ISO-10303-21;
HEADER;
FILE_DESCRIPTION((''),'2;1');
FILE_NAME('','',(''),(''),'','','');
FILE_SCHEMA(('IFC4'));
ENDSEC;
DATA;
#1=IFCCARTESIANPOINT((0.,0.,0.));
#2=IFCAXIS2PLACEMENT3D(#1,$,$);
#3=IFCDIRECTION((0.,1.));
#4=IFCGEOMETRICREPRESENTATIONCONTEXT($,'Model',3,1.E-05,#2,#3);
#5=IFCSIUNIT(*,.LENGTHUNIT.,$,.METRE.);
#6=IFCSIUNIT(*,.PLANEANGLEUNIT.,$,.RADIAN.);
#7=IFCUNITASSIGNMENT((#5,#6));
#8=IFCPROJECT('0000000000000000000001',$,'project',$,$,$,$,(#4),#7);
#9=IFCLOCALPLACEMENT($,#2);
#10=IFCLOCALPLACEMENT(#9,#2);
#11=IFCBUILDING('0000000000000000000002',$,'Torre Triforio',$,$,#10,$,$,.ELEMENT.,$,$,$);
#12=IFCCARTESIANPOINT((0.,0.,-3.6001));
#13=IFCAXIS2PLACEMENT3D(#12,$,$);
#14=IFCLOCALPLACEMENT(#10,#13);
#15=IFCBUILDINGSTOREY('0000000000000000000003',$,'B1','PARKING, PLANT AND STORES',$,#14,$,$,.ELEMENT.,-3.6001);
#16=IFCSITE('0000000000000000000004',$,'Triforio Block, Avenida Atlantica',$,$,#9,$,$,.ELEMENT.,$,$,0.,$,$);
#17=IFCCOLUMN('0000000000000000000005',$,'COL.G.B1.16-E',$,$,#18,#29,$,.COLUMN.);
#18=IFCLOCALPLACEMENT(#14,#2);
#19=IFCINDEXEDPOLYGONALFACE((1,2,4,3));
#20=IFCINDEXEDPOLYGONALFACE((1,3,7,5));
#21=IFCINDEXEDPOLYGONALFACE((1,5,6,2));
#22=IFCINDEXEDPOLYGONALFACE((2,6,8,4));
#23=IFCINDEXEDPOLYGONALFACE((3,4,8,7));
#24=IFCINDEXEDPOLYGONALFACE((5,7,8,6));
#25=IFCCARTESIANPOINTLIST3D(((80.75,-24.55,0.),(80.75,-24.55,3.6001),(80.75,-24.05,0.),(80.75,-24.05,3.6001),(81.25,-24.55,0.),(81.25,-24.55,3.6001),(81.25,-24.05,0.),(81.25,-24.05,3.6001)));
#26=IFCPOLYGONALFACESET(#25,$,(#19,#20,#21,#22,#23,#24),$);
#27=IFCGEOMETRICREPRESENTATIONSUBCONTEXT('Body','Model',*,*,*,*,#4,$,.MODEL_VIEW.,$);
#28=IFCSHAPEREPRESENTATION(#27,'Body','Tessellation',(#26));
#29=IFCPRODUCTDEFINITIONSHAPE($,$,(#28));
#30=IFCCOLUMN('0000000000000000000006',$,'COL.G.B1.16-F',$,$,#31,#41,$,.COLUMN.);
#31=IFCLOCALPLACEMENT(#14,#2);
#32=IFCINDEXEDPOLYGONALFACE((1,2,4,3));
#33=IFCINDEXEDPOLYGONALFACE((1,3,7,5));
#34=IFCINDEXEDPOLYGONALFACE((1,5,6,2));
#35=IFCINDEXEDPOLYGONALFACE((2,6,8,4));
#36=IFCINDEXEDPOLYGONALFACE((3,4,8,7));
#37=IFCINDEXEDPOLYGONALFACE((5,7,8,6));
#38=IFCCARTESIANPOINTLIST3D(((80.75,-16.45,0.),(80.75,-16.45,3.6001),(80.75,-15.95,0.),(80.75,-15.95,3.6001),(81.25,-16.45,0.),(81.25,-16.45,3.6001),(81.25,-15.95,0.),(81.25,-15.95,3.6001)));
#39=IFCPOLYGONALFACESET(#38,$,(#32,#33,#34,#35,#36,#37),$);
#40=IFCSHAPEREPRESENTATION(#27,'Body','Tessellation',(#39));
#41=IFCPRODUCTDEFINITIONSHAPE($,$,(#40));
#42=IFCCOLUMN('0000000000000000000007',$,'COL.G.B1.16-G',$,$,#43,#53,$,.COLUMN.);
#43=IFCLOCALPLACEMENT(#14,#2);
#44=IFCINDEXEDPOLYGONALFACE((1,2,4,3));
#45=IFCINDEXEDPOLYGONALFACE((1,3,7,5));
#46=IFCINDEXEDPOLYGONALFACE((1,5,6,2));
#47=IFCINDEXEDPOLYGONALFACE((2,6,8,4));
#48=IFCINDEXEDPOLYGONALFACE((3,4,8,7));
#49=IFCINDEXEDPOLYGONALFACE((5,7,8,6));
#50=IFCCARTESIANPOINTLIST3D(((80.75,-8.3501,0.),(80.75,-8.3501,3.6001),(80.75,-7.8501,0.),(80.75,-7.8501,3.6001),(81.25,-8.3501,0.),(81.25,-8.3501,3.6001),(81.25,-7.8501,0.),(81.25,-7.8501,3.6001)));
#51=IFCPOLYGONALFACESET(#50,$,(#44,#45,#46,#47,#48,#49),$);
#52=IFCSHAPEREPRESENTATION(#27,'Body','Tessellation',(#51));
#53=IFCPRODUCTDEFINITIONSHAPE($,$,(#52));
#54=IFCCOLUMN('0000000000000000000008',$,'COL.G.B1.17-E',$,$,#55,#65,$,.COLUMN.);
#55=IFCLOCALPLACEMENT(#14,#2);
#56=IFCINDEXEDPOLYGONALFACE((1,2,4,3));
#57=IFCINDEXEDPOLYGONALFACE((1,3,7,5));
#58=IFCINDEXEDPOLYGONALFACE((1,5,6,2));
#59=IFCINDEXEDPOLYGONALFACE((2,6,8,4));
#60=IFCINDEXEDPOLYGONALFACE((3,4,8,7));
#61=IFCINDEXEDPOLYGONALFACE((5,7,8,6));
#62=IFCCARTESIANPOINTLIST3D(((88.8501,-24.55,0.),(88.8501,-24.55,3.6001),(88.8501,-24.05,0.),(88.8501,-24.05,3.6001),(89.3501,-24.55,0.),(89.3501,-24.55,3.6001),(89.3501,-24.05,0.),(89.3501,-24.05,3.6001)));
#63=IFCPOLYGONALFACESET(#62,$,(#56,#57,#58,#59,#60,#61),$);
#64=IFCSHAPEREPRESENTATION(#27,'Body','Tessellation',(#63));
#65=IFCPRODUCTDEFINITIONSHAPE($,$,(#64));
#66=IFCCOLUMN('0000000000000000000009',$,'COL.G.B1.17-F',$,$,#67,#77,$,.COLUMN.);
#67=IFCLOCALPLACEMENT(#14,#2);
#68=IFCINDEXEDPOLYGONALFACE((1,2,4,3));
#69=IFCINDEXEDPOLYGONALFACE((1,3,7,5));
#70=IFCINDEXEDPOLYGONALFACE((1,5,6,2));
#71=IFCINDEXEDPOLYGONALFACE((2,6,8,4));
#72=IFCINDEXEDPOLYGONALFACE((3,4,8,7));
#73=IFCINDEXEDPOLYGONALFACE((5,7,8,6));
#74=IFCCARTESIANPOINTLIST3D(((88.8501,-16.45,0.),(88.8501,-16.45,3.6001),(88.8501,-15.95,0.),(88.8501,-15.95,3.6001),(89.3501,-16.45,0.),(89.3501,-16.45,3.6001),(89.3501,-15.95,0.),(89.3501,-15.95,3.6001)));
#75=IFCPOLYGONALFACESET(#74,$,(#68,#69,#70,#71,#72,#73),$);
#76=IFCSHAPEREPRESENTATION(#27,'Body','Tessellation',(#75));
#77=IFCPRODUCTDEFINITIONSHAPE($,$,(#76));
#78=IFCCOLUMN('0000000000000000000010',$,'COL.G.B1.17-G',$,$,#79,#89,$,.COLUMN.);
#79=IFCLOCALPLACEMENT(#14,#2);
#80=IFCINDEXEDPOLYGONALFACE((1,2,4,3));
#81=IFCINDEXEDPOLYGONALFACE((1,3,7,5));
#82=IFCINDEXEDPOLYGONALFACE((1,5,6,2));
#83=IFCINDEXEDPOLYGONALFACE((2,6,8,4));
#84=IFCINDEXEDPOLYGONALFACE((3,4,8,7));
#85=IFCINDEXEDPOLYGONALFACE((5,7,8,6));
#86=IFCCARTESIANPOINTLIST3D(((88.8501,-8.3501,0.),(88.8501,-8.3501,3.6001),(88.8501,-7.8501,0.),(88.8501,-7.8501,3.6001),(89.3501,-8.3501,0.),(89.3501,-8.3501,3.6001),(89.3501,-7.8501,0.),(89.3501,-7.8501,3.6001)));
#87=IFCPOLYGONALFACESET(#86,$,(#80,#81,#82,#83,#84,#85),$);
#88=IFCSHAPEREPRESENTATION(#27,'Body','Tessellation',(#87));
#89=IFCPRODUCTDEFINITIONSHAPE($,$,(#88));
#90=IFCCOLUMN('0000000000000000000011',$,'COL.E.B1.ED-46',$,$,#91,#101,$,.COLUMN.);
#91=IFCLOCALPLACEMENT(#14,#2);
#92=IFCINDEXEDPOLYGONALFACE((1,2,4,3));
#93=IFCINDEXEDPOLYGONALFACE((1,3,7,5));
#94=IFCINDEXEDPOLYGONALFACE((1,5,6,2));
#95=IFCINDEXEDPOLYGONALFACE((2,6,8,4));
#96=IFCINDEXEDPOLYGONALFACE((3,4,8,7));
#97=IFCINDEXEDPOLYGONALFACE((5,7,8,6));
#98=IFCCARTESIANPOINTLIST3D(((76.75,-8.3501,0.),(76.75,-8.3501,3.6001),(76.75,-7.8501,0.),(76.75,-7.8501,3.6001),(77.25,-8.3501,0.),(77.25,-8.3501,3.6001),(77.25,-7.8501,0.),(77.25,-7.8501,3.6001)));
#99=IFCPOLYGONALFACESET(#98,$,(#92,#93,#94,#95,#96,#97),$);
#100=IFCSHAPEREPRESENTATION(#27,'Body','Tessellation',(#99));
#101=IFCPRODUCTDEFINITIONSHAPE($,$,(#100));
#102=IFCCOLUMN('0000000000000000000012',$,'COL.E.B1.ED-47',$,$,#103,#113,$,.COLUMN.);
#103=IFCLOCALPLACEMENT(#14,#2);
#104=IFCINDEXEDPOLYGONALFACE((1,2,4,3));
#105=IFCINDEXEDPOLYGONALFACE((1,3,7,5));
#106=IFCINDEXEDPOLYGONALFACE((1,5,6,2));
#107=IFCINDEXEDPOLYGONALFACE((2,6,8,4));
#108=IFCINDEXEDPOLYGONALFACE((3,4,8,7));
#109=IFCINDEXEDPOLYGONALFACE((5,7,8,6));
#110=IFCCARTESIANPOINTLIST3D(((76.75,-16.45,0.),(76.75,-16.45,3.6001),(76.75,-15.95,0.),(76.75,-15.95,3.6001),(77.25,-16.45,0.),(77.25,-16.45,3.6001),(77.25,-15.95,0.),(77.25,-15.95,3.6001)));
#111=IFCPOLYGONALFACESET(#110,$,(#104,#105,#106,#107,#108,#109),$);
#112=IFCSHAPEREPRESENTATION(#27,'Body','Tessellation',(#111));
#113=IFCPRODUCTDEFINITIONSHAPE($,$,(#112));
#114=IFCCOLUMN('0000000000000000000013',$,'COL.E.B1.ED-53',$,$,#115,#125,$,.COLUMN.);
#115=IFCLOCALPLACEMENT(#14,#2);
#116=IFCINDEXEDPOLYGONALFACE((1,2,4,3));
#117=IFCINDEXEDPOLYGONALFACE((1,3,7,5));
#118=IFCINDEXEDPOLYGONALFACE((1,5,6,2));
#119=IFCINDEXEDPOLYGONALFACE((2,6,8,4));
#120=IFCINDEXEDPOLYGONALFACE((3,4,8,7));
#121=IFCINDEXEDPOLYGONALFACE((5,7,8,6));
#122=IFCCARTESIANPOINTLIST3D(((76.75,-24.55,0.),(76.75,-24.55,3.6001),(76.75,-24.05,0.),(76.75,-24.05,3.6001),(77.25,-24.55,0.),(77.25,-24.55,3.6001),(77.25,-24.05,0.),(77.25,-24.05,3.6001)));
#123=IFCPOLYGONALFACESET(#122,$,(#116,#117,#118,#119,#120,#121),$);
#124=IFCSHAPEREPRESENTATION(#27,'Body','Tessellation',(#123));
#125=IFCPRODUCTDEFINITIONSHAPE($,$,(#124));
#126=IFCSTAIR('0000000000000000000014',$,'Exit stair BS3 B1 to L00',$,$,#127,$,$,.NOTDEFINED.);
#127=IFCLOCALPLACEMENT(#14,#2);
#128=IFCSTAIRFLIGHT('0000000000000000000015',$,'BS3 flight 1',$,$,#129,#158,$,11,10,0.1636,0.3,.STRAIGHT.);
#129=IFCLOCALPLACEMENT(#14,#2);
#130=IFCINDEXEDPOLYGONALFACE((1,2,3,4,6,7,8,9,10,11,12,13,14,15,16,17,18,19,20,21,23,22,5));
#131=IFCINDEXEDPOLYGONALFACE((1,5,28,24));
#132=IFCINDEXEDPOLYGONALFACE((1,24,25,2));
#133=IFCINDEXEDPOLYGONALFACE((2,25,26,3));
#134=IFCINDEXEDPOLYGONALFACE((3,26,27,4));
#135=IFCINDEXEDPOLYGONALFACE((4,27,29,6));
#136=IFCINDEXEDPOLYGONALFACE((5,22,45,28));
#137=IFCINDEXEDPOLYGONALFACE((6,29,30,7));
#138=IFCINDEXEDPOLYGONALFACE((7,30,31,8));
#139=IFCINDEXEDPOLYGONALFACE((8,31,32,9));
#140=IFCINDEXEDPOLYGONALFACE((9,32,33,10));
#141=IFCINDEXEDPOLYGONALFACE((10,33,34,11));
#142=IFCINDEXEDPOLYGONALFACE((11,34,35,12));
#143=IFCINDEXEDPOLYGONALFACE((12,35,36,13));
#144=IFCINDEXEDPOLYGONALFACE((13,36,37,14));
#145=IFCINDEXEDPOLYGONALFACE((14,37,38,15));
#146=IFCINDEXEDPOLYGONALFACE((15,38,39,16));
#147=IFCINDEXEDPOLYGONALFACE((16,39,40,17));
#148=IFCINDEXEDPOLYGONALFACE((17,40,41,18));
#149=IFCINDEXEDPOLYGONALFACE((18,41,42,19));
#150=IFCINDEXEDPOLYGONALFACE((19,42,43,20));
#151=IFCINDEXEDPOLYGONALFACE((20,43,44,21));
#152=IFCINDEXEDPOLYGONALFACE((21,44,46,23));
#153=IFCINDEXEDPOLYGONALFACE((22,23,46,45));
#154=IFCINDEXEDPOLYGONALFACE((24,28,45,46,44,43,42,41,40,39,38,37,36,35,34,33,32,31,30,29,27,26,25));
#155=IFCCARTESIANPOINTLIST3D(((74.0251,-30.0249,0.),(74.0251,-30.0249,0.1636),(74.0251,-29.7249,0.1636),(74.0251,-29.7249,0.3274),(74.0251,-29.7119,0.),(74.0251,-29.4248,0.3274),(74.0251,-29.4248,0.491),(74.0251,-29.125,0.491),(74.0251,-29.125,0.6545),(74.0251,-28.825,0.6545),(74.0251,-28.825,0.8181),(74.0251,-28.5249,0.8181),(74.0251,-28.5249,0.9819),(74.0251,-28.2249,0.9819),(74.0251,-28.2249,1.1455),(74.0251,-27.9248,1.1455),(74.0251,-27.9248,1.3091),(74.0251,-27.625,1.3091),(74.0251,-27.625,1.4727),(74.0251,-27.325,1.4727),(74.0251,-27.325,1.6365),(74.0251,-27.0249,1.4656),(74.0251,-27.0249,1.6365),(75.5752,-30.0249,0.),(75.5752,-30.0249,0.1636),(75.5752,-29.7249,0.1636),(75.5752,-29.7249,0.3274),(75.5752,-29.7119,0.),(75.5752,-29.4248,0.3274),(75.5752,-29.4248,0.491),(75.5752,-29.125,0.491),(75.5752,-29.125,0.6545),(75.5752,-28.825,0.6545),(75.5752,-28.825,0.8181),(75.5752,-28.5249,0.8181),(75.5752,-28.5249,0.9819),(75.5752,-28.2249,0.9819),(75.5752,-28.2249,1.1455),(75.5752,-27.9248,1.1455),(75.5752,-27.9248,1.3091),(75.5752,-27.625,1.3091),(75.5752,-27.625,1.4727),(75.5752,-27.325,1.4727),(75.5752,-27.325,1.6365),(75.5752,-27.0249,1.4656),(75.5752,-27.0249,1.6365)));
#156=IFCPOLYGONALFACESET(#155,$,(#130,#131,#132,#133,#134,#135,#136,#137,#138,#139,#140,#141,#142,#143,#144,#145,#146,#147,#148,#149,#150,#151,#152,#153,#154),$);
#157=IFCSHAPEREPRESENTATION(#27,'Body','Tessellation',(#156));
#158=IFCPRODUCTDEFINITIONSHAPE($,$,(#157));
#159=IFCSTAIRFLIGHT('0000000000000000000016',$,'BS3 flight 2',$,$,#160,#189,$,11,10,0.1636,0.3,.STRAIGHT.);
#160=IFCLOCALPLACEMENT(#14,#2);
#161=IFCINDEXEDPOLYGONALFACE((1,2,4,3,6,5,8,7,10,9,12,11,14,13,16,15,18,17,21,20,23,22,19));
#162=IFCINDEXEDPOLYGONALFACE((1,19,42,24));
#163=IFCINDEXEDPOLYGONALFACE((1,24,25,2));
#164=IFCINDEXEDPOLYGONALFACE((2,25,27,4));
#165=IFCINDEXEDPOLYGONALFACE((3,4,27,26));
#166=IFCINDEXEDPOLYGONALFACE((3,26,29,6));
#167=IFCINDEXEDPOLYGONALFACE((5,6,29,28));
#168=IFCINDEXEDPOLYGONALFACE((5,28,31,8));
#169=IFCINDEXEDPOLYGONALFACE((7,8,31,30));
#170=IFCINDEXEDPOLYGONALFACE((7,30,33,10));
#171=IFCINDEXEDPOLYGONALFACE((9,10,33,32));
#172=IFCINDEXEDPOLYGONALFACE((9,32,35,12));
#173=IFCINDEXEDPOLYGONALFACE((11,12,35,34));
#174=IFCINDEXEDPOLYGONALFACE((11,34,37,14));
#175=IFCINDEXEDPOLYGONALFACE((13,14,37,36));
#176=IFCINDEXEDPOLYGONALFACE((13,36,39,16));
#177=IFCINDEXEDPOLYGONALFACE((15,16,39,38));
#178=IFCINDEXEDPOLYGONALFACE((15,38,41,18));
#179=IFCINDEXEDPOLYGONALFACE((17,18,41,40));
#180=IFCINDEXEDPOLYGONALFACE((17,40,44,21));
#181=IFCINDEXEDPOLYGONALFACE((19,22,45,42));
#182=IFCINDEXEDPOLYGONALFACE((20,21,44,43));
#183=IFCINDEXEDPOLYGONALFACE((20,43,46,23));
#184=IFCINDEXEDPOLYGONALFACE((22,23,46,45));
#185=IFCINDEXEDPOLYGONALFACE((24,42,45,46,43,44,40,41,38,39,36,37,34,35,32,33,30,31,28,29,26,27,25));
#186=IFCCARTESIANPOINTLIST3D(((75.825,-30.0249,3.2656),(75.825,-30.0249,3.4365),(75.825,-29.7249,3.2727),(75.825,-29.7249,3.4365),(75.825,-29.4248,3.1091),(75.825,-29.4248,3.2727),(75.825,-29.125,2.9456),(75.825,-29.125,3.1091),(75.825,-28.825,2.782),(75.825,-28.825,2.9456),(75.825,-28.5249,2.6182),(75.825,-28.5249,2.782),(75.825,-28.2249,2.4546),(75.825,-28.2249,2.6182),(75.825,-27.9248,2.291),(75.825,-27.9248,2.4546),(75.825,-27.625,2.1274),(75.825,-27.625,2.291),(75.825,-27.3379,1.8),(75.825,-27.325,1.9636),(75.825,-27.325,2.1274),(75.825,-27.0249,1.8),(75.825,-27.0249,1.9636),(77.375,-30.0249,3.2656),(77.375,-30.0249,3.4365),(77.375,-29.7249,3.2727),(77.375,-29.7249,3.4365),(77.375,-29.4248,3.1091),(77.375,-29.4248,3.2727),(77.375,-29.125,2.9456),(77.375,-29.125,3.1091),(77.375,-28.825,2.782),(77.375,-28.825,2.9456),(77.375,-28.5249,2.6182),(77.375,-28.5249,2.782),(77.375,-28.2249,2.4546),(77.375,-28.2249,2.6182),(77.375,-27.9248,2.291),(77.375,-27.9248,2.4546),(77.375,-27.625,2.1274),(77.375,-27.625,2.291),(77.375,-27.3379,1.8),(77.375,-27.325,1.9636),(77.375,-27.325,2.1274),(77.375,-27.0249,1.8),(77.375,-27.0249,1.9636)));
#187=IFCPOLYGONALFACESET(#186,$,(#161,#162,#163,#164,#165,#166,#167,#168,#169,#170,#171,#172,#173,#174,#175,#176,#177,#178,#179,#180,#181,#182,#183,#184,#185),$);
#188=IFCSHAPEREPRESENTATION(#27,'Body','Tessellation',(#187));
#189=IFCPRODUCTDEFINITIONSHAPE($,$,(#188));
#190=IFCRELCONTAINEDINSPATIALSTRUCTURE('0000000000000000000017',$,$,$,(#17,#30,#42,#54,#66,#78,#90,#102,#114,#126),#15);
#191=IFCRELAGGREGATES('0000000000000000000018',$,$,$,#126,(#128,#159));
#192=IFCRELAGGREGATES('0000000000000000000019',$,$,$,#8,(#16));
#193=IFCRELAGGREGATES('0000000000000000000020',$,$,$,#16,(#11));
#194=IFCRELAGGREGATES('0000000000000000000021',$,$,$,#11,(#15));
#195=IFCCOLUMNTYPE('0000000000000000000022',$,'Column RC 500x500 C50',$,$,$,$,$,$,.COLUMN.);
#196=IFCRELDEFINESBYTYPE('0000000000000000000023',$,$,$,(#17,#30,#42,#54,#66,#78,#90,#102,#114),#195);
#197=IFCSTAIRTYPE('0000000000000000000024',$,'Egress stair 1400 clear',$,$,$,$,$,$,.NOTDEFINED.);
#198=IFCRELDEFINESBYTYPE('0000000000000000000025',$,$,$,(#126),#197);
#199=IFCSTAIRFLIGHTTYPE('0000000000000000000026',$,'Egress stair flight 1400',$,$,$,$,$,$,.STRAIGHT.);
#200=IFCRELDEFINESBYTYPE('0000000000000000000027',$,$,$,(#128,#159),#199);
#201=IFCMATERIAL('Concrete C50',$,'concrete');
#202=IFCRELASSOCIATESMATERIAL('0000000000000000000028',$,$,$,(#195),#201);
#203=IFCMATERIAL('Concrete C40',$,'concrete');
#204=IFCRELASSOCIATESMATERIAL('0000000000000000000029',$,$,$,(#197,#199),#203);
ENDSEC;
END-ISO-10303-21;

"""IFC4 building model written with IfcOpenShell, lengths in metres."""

from ifc_helpers import new_model, si_unit, direction, frame, origin, origin_2d, place, context, subcontext, project, spatial, polyline, rectangle, outline, extrude, material, material_profile, profile_set, type_object, element, aggregate, save


model = new_model("IFC4")

# Units and contexts
model_context = context("Model", 3, precision=1e-05, world=origin(), true_north=direction((0.0, 1.0)))
body_context = subcontext(model_context, "Body", "Model", "MODEL_VIEW")
ifc_project = project(units=[si_unit("LENGTHUNIT", "METRE"), si_unit("PLANEANGLEUNIT", "RADIAN")], contexts=[model_context])

# Site, building, storey
site_placement = place(None, origin())
site = spatial("IfcSite", under=ifc_project, at=site_placement, Name="Triforio Block, Avenida Atlantica", CompositionType="ELEMENT", RefElevation=0.0)
building_placement = place(site_placement, origin())
building = spatial("IfcBuilding", under=site, at=building_placement, Name="Torre Triforio", CompositionType="ELEMENT")
storey_placement = place(building_placement, frame((0.0, 0.0, -3.6001)))
storey = spatial("IfcBuildingStorey", under=building, at=storey_placement, Name="B1", Description="PARKING, PLANT AND STORES", CompositionType="ELEMENT", Elevation=-3.6001)

# Columns
ifc_material_1 = material(Name="Concrete C50", Category="concrete")
ifc_material_profile = material_profile(ifc_material_1, rectangle(XDim=0.5, YDim=0.5, at=origin_2d()), Name="RC 500x500")
ifc_profile_set = profile_set([ifc_material_profile], Name="Concrete C50")
column_type = type_object("IfcColumnType", Name="Column RC 500x500 C50", PredefinedType="COLUMN", material=ifc_profile_set)
for number, where, z_axis, x_axis, name in (
    (1, (81.0, -24.3, 0.0), (0.0, 0.0, 1.0), (1.0, 0.0, 0.0), "COL.G.B1.16-E"),
    (2, (81.0, -16.2, 0.0), (0.0, 0.0, 1.0), (1.0, 0.0, 0.0), "COL.G.B1.16-F"),
    (3, (81.0, -8.1001, 0.0), (0.0, 0.0, 1.0), (1.0, 0.0, 0.0), "COL.G.B1.16-G"),
    (4, (89.1001, -24.3, 0.0), (0.0, 0.0, 1.0), (1.0, 0.0, 0.0), "COL.G.B1.17-E"),
    (5, (89.1001, -16.2, 0.0), (0.0, 0.0, 1.0), (1.0, 0.0, 0.0), "COL.G.B1.17-F"),
    (6, (89.1001, -8.1001, 0.0), (0.0, 0.0, 1.0), (1.0, 0.0, 0.0), "COL.G.B1.17-G"),
    (7, (77.0, -8.1001, 0.0), (0.0, 0.0, 1.0), (1.0, 0.0, 0.0), "COL.E.B1.ED-46"),
    (8, (77.0, -16.2, 0.0), (0.0, 0.0, 1.0), (1.0, 0.0, 0.0), "COL.E.B1.ED-47"),
    (9, (77.0, -24.3, 0.0), (0.0, 0.0, 1.0), (1.0, 0.0, 0.0), "COL.E.B1.ED-53"),
):
    element("IfcColumn", number, at=place(storey_placement, frame(where, z_axis=z_axis, x_axis=x_axis)), inside=storey, type_object=column_type, Name=name, PredefinedType="COLUMN", context=body_context, shape_type="SweptSolid", body=[
        extrude(rectangle(XDim=0.5, YDim=0.5, at=origin_2d()), origin(), (0.0, 0.0, 1.0), 3.6001),
    ])

# Stair, stair flights
ifc_material_2 = material(Name="Concrete C40", Category="concrete")
stair_type = type_object("IfcStairType", Name="Egress stair 1400 clear", PredefinedType="NOTDEFINED", material=ifc_material_2)
stair_placement = place(storey_placement, origin())
stair = element("IfcStair", 10, at=stair_placement, inside=storey, type_object=stair_type, Name="Exit stair BS3 B1 to L00", PredefinedType="NOTDEFINED")
stair_flight_type = type_object("IfcStairFlightType", Name="Egress stair flight 1400", PredefinedType="STRAIGHT", material=ifc_material_2)
stair_flight_1_placement = place(storey_placement, frame((74.8, -30.0249, 0.0), z_axis=(0.0, 0.0, 1.0), x_axis=(0.0, 1.0, 0.0)))
stair_flight_1 = element("IfcStairFlight", 11, at=stair_flight_1_placement, type_object=stair_flight_type, Name="BS3 flight 1", NumberOfRisers=11, NumberOfTreads=10, PredefinedType="STRAIGHT", RiserHeight=0.1636, TreadLength=0.3, context=body_context, shape_type="SweptSolid", body=[
    extrude(outline(polyline([(0.0, 0.0), (0.0, 0.1636), (0.3, 0.1636), (0.3, 0.3274), (0.6001, 0.3274), (0.6001, 0.491), (0.8999, 0.491), (0.8999, 0.6545), (1.2, 0.6545), (1.2, 0.8181), (1.5, 0.8181), (1.5, 0.9819), (1.8, 0.9819), (1.8, 1.1455), (2.1001, 1.1455), (2.1001, 1.3091), (2.3999, 1.3091), (2.3999, 1.4727), (2.7, 1.4727), (2.7, 1.6365), (3.0, 1.6365), (3.0, 1.8), (3.0, 1.4656), (0.313, 0.0), (0.0, 0.0)])), frame((0.0, 0.7749, 0.0), z_axis=(0.0, -1.0, 0.0), x_axis=(1.0, 0.0, 0.0)), (0.0, 0.0, 1.0), 1.55),
])
stair_flight_2_placement = place(storey_placement, frame((76.6001, -27.0249, 1.8), z_axis=(0.0, 0.0, 1.0), x_axis=(0.0, -1.0, 0.0)))
stair_flight_2 = element("IfcStairFlight", 12, at=stair_flight_2_placement, type_object=stair_flight_type, Name="BS3 flight 2", NumberOfRisers=11, NumberOfTreads=10, PredefinedType="STRAIGHT", RiserHeight=0.1636, TreadLength=0.3, context=body_context, shape_type="SweptSolid", body=[
    extrude(outline(polyline([(0.0, 0.0), (0.0, 0.1636), (0.3, 0.1636), (0.3, 0.3274), (0.6001, 0.3274), (0.6001, 0.491), (0.8999, 0.491), (0.8999, 0.6545), (1.2, 0.6545), (1.2, 0.8181), (1.5, 0.8181), (1.5, 0.9819), (1.8, 0.9819), (1.8, 1.1455), (2.1001, 1.1455), (2.1001, 1.3091), (2.3999, 1.3091), (2.3999, 1.4727), (2.7, 1.4727), (2.7, 1.6365), (3.0, 1.6365), (3.0, 1.8), (3.0, 1.4656), (0.313, 0.0), (0.0, 0.0)])), frame((0.0, 0.7749, 0.0), z_axis=(0.0, -1.0, 0.0), x_axis=(1.0, 0.0, 0.0)), (0.0, 0.0, 1.0), 1.55),
])
aggregate(stair, [stair_flight_1, stair_flight_2])

save(model, "model.ifc")
